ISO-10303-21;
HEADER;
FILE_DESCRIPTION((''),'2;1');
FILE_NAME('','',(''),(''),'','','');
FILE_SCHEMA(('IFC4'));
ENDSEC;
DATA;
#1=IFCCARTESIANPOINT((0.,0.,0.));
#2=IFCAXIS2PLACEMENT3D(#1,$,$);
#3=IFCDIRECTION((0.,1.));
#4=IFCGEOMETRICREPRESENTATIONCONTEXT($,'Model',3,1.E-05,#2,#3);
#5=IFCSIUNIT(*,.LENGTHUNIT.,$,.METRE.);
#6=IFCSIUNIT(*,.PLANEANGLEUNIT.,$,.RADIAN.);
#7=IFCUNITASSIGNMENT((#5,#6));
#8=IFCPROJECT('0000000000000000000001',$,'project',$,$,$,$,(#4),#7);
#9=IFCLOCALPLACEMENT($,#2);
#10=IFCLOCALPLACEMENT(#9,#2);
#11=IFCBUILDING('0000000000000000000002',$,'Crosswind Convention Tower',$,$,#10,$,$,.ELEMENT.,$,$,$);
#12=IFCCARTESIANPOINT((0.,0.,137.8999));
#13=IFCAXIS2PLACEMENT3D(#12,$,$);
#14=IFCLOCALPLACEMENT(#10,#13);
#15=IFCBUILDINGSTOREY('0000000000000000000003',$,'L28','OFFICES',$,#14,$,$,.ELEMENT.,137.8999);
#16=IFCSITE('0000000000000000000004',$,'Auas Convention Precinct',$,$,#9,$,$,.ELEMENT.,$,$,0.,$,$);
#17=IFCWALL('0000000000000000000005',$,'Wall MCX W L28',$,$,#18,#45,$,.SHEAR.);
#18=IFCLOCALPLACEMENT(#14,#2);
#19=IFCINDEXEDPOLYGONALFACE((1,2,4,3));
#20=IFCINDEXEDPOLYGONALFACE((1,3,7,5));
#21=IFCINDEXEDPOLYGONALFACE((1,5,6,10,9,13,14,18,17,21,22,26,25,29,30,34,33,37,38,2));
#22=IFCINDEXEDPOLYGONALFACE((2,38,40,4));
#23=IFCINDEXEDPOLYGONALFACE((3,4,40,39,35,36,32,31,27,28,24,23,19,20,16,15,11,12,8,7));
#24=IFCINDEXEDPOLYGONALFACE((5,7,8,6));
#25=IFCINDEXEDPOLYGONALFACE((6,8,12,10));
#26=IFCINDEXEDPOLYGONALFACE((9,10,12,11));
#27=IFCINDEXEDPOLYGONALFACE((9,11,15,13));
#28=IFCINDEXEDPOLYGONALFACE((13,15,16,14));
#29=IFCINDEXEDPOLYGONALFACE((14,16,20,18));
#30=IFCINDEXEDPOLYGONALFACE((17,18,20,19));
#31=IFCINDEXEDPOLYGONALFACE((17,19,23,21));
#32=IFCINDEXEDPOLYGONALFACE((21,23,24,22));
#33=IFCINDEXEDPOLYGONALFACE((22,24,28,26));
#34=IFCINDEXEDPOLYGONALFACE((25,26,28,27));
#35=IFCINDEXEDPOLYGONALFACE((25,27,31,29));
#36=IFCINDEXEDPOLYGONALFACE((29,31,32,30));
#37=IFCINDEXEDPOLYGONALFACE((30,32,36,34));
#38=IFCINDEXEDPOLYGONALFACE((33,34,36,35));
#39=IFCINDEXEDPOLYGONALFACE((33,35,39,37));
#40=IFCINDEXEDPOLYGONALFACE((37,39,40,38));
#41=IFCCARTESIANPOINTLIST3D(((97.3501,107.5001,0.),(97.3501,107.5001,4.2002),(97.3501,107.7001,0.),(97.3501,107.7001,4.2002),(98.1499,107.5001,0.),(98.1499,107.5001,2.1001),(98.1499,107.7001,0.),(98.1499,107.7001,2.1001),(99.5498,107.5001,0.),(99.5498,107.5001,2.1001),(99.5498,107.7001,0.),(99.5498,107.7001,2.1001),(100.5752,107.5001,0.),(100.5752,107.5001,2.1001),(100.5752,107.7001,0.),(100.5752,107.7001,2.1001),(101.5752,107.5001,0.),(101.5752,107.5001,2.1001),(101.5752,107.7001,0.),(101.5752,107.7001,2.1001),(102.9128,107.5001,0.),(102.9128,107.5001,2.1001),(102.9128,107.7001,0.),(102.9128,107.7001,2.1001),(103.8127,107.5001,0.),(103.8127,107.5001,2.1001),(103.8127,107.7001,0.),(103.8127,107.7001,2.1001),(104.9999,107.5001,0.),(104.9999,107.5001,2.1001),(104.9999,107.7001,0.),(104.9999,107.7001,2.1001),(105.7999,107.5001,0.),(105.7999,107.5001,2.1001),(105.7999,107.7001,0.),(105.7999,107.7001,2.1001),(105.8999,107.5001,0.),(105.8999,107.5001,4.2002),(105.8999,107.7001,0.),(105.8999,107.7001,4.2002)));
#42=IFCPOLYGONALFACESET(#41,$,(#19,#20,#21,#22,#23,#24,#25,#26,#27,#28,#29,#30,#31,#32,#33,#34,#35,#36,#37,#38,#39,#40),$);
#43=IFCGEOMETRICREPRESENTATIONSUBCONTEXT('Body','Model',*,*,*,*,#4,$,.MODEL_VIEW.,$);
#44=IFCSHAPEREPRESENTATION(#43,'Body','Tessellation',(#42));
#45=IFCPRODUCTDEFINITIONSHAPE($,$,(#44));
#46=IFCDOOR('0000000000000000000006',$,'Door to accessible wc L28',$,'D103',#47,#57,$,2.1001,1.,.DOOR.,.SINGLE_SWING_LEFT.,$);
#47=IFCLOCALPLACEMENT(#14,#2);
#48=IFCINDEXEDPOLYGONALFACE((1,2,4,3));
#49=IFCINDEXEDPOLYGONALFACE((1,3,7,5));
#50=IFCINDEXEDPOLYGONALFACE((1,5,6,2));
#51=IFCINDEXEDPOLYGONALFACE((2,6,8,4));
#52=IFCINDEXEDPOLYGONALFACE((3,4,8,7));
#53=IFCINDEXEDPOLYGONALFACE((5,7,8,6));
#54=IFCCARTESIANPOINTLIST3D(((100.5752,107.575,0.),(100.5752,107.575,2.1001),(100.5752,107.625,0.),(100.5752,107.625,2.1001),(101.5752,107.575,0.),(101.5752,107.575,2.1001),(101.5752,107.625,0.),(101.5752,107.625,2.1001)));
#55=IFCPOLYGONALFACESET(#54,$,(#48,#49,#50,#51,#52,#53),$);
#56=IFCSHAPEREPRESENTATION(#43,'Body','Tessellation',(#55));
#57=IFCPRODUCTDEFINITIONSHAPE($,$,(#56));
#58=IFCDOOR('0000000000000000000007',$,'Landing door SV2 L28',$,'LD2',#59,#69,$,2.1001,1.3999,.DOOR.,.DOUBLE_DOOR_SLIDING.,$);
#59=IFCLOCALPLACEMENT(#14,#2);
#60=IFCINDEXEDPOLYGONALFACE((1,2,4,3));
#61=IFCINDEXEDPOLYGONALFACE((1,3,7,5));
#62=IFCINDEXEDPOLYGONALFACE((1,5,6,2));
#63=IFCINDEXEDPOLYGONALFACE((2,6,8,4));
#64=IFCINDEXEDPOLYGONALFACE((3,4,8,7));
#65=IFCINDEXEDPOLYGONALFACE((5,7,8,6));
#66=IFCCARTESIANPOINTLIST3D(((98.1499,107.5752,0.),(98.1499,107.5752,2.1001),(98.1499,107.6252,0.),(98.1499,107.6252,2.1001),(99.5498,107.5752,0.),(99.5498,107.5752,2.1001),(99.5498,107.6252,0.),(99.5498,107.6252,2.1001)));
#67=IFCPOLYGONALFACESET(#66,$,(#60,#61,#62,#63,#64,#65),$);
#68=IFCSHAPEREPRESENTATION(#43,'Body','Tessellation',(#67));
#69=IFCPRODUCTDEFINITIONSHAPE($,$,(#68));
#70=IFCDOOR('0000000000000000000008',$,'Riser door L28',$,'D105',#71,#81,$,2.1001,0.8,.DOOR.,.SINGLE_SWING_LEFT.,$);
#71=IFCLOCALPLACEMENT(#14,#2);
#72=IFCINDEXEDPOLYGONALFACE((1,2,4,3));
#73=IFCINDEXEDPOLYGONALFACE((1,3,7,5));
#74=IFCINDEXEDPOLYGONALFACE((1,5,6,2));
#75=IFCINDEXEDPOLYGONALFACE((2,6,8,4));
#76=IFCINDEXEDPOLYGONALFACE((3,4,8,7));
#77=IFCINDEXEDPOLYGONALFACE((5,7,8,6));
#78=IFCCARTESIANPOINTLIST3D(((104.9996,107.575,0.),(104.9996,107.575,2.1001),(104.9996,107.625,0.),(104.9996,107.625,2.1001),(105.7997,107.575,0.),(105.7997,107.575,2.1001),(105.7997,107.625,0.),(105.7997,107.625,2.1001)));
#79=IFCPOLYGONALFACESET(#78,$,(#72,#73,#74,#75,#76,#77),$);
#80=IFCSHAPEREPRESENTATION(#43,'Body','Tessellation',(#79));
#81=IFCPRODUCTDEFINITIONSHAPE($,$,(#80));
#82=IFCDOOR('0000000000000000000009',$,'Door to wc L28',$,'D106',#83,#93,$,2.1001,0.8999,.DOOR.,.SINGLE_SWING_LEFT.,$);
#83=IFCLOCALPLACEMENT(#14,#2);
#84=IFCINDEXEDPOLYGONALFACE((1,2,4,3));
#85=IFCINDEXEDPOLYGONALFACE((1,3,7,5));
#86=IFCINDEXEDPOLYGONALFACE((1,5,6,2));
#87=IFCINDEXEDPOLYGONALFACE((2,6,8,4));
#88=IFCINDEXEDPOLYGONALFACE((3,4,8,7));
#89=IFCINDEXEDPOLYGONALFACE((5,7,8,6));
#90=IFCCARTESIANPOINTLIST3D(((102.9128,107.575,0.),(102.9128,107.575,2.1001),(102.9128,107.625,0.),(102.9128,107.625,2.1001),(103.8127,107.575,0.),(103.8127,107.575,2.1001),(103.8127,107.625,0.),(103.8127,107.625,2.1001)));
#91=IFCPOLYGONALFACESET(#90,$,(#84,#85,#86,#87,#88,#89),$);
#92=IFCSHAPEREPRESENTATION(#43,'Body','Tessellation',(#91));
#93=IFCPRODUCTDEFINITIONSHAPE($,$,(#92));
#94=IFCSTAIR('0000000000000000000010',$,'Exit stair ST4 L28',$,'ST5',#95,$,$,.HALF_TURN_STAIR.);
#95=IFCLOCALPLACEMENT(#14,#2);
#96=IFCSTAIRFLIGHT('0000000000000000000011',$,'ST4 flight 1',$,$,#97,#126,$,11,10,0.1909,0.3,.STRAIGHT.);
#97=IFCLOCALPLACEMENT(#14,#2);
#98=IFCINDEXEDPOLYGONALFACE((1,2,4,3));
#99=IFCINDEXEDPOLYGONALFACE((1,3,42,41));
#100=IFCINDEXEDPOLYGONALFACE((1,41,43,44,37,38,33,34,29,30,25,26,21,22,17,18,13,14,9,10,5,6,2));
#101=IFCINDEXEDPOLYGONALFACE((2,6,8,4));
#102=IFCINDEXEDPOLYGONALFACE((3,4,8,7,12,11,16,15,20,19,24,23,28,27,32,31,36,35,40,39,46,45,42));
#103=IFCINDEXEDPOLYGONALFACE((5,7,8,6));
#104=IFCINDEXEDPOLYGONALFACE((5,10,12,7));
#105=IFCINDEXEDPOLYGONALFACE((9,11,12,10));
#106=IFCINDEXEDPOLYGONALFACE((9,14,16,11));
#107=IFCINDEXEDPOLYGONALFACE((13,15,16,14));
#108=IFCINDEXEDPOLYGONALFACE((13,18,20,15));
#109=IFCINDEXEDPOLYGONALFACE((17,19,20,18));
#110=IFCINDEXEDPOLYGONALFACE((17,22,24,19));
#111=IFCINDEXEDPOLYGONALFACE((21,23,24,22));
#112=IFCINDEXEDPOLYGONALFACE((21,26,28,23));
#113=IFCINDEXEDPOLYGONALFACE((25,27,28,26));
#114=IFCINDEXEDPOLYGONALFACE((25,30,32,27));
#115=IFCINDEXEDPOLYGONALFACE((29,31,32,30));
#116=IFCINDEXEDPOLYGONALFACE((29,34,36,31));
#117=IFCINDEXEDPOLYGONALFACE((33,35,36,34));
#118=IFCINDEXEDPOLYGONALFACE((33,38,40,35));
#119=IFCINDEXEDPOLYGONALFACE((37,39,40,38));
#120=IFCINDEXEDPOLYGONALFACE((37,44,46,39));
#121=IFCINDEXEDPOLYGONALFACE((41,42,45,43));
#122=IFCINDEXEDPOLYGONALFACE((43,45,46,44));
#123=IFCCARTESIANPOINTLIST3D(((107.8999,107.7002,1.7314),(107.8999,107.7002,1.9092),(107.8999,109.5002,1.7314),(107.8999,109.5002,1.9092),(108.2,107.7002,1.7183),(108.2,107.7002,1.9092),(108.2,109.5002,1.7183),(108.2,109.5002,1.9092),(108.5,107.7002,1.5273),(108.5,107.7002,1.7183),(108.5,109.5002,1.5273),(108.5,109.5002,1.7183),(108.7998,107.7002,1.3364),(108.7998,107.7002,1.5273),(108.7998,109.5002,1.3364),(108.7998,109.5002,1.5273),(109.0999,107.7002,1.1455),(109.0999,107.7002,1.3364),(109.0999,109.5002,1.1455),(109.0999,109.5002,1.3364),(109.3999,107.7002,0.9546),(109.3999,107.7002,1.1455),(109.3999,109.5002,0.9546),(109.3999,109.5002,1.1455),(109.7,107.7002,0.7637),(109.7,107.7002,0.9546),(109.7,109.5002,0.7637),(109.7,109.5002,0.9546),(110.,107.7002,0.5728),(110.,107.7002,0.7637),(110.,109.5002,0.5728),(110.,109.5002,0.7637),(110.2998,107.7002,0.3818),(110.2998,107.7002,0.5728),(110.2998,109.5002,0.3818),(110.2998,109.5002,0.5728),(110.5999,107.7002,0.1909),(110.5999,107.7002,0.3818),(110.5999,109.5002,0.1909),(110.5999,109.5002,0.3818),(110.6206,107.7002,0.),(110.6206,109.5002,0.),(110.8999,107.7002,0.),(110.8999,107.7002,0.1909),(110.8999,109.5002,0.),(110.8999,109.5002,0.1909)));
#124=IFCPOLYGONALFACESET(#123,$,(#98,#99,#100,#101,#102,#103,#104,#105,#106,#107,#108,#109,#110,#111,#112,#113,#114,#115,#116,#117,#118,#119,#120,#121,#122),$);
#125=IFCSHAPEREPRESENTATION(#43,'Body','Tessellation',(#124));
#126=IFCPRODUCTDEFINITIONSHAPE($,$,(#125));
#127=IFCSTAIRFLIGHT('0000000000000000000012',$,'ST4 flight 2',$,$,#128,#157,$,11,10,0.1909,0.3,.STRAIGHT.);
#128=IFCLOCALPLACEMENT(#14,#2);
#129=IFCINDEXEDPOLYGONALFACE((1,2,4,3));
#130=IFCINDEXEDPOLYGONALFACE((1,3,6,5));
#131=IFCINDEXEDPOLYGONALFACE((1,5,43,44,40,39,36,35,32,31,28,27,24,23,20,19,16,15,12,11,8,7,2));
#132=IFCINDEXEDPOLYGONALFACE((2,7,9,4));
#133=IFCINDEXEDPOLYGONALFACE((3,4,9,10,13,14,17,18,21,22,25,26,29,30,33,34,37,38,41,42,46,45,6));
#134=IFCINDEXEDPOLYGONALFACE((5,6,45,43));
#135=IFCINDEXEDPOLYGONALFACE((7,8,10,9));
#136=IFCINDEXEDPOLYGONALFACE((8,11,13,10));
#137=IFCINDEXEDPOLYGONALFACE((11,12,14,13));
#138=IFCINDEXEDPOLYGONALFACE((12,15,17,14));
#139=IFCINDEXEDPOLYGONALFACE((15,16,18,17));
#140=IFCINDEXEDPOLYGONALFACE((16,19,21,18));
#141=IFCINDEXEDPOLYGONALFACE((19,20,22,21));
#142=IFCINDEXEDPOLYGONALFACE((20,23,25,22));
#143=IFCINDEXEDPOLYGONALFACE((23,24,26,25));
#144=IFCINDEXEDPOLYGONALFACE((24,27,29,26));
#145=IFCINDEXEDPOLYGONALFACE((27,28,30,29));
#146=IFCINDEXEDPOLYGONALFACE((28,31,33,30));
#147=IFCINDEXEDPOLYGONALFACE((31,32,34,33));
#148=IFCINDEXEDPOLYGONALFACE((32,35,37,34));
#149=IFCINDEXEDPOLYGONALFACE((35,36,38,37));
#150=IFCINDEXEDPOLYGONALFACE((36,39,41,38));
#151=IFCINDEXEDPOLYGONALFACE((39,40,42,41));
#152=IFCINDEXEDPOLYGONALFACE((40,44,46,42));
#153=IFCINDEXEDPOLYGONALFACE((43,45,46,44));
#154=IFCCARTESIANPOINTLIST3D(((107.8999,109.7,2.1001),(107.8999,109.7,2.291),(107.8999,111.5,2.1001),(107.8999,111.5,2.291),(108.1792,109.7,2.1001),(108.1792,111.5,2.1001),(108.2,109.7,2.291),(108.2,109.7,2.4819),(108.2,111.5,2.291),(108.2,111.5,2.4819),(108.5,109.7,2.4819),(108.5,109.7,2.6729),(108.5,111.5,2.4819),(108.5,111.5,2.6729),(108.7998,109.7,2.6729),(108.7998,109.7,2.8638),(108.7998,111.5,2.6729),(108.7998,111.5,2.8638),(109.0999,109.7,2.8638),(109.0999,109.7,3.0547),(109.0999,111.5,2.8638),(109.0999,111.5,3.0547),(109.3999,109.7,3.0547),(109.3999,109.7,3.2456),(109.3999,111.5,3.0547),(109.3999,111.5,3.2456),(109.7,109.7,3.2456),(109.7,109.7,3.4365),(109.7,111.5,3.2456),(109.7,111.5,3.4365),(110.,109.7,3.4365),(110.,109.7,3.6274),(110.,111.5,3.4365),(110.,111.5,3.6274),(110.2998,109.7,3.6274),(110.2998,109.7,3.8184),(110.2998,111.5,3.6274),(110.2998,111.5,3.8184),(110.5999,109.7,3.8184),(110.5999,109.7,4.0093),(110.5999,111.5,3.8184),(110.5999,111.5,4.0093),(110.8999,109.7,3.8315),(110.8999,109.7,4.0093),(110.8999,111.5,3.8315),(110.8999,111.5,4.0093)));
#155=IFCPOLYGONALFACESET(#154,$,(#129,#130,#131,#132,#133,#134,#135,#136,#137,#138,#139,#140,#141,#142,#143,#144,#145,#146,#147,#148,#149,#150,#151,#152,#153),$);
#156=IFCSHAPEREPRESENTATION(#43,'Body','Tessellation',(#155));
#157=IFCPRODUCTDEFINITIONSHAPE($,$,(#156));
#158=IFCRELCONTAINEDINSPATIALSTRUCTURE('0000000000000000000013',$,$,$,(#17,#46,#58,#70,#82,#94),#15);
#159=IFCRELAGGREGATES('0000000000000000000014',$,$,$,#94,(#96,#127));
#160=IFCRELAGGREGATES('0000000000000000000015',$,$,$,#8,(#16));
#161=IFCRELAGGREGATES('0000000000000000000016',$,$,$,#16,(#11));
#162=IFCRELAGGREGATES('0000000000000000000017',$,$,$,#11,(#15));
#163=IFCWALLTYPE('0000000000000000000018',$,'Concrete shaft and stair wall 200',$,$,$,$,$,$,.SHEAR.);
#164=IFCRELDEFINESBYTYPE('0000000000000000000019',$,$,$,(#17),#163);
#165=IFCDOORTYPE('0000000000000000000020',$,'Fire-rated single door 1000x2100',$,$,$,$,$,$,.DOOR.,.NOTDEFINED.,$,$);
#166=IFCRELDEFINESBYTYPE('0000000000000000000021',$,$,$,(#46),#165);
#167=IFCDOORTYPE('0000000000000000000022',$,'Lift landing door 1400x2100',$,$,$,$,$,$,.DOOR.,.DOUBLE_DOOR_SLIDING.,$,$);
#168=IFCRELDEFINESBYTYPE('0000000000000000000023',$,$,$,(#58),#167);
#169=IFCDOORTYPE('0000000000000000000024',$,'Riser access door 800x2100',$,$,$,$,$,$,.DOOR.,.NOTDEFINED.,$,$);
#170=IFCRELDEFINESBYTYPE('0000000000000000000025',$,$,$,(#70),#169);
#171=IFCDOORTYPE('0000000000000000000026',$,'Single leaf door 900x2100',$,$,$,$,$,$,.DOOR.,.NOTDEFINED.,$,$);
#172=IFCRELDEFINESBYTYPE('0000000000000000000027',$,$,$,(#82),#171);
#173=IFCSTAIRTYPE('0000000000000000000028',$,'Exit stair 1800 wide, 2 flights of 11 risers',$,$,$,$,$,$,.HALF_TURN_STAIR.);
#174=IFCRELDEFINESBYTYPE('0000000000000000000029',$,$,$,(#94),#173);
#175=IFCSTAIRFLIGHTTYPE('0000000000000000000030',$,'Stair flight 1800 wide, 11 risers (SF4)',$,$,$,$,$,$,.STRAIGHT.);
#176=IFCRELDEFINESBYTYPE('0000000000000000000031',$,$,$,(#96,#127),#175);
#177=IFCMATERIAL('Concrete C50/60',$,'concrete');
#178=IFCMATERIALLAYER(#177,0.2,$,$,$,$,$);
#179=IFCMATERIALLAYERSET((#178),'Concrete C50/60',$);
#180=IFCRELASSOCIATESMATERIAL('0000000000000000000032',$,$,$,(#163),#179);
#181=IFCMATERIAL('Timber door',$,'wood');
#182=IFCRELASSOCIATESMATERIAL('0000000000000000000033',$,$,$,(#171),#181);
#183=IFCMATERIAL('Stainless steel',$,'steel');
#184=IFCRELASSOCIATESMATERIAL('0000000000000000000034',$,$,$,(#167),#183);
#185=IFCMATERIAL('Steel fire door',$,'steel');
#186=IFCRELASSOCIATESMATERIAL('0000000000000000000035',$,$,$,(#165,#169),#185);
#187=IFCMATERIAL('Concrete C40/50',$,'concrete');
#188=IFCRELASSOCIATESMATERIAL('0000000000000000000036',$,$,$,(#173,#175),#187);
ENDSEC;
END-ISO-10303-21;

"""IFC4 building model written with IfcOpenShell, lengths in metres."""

from ifc_helpers import new_model, si_unit, direction, frame, frame_2d, origin, place, context, subcontext, project, spatial, polyline, rectangle, outline, extrude, material, layer, layer_set, type_object, element, fill, aggregate, save


model = new_model("IFC4")

# Units and contexts
model_context = context("Model", 3, precision=1e-05, world=origin(), true_north=direction((0.0, 1.0)))
body_context = subcontext(model_context, "Body", "Model", "MODEL_VIEW")
ifc_project = project(units=[si_unit("LENGTHUNIT", "METRE"), si_unit("PLANEANGLEUNIT", "RADIAN")], contexts=[model_context])

# Site, building, storey
site_placement = place(None, origin())
site = spatial("IfcSite", under=ifc_project, at=site_placement, Name="Auas Convention Precinct", CompositionType="ELEMENT", RefElevation=0.0)
building_placement = place(site_placement, origin())
building = spatial("IfcBuilding", under=site, at=building_placement, Name="Crosswind Convention Tower", CompositionType="ELEMENT")
storey_placement = place(building_placement, frame((0.0, 0.0, 137.8999)))
storey = spatial("IfcBuildingStorey", under=building, at=storey_placement, Name="L28", Description="OFFICES", CompositionType="ELEMENT", Elevation=137.8999)

# Shared definitions
ifc_material_1 = material(Name="Concrete C50/60", Category="concrete")
ifc_layer = layer(ifc_material_1, 0.2)
ifc_layer_set = layer_set([ifc_layer], Name="Concrete C50/60")
wall_type = type_object("IfcWallType", Name="Concrete shaft and stair wall 200", PredefinedType="SHEAR", material=ifc_layer_set)

# Shared definitions
ifc_material_2 = material(Name="Timber door", Category="wood")
door_type_1 = type_object("IfcDoorType", Name="Single leaf door 900x2100", OperationType="NOTDEFINED", PredefinedType="DOOR", material=ifc_material_2)

# Shared definitions
ifc_material_3 = material(Name="Stainless steel", Category="steel")
door_type_2 = type_object("IfcDoorType", Name="Lift landing door 1400x2100", OperationType="DOUBLE_DOOR_SLIDING", PredefinedType="DOOR", material=ifc_material_3)

# Wall, openings, doors
wall_1_placement = place(storey_placement, frame((105.8999, 107.6001, 0.0), z_axis=(0.0, 0.0, 1.0), x_axis=(-1.0, 0.0, 0.0)))
wall_1 = element("IfcWall", 1, at=wall_1_placement, inside=storey, type_object=wall_type, Name="Wall MCX W L28", PredefinedType="SHEAR", context=body_context, shape_type="SweptSolid", body=[
    extrude(rectangle(XDim=8.5498, YDim=0.2, at=frame_2d((4.2749, 0.0))), origin(), (0.0, 0.0, 1.0), 4.2002),
])
opening_1_placement = place(wall_1_placement, frame((0.1001, 0.0, 0.0)))
opening_1 = element("IfcOpeningElement", 2, at=opening_1_placement, cuts=wall_1, PredefinedType="OPENING", context=body_context, shape_type="SweptSolid", body=[
    extrude(rectangle(XDim=0.8, YDim=2.1001, at=frame_2d((0.3999, 1.05))), frame((0.0, 0.1099, 0.0), z_axis=(0.0, -1.0, 0.0), x_axis=(1.0, 0.0, 0.0)), (0.0, 0.0, 1.0), 0.22),
])
opening_2_placement = place(wall_1_placement, frame((2.0872, 0.0, 0.0)))
opening_2 = element("IfcOpeningElement", 3, at=opening_2_placement, cuts=wall_1, PredefinedType="OPENING", context=body_context, shape_type="SweptSolid", body=[
    extrude(rectangle(XDim=0.8999, YDim=2.1001, at=frame_2d((0.45, 1.05))), frame((0.0, 0.1099, 0.0), z_axis=(0.0, -1.0, 0.0), x_axis=(1.0, 0.0, 0.0)), (0.0, 0.0, 1.0), 0.22),
])
opening_3_placement = place(wall_1_placement, frame((4.3247, 0.0, 0.0)))
opening_3 = element("IfcOpeningElement", 4, at=opening_3_placement, cuts=wall_1, PredefinedType="OPENING", context=body_context, shape_type="SweptSolid", body=[
    extrude(rectangle(XDim=1.0, YDim=2.1001, at=frame_2d((0.5, 1.05))), frame((0.0, 0.1099, 0.0), z_axis=(0.0, -1.0, 0.0), x_axis=(1.0, 0.0, 0.0)), (0.0, 0.0, 1.0), 0.22),
])
opening_4_placement = place(wall_1_placement, frame((6.3501, 0.0, 0.0)))
opening_4 = element("IfcOpeningElement", 5, at=opening_4_placement, cuts=wall_1, PredefinedType="OPENING", context=body_context, shape_type="SweptSolid", body=[
    extrude(rectangle(XDim=1.3999, YDim=2.1001, at=frame_2d((0.7, 1.05))), frame((0.0, 0.1099, 0.0), z_axis=(0.0, -1.0, 0.0), x_axis=(1.0, 0.0, 0.0)), (0.0, 0.0, 1.0), 0.22),
])
ifc_material_4 = material(Name="Steel fire door", Category="steel")
door_type_3 = type_object("IfcDoorType", Name="Fire-rated single door 1000x2100", OperationType="NOTDEFINED", PredefinedType="DOOR", material=ifc_material_4)
door_1_placement = place(opening_3_placement, frame((1.0, 0.0, 0.0), z_axis=(0.0, 0.0, 1.0), x_axis=(-1.0, 0.0, 0.0)))
door_1 = element("IfcDoor", 6, at=door_1_placement, inside=storey, type_object=door_type_3, Name="Door to accessible wc L28", ObjectType="D103", OperationType="SINGLE_SWING_LEFT", OverallHeight=2.1001, OverallWidth=1.0, PredefinedType="DOOR", context=body_context, shape_type="SweptSolid", body=[
    extrude(rectangle(XDim=1.0, YDim=2.1001, at=frame_2d((0.5, 1.05))), frame((0.0, 0.0249, 0.0), z_axis=(0.0, -1.0, 0.0), x_axis=(1.0, 0.0, 0.0)), (0.0, 0.0, 1.0), 0.05),
])
fill(opening_3, door_1)
door_2_placement = place(opening_4_placement, origin())
door_2 = element("IfcDoor", 7, at=door_2_placement, inside=storey, type_object=door_type_2, Name="Landing door SV2 L28", ObjectType="LD2", OperationType="DOUBLE_DOOR_SLIDING", OverallHeight=2.1001, OverallWidth=1.3999, PredefinedType="DOOR", context=body_context, shape_type="SweptSolid", body=[
    extrude(rectangle(XDim=1.3999, YDim=2.1001, at=frame_2d((0.7, 1.05))), frame((0.0, 0.0249, 0.0), z_axis=(0.0, -1.0, 0.0), x_axis=(1.0, 0.0, 0.0)), (0.0, 0.0, 1.0), 0.05),
])
fill(opening_4, door_2)
door_type_4 = type_object("IfcDoorType", Name="Riser access door 800x2100", OperationType="NOTDEFINED", PredefinedType="DOOR", material=ifc_material_4)
door_3_placement = place(opening_1_placement, frame((0.8, 0.0, 0.0), z_axis=(0.0, 0.0, 1.0), x_axis=(-1.0, 0.0, 0.0)))
door_3 = element("IfcDoor", 8, at=door_3_placement, inside=storey, type_object=door_type_4, Name="Riser door L28", ObjectType="D105", OperationType="SINGLE_SWING_LEFT", OverallHeight=2.1001, OverallWidth=0.8, PredefinedType="DOOR", context=body_context, shape_type="SweptSolid", body=[
    extrude(rectangle(XDim=0.8, YDim=2.1001, at=frame_2d((0.3999, 1.05))), frame((0.0, 0.0249, 0.0), z_axis=(0.0, -1.0, 0.0), x_axis=(1.0, 0.0, 0.0)), (0.0, 0.0, 1.0), 0.05),
])
fill(opening_1, door_3)
door_4_placement = place(opening_2_placement, frame((0.8999, 0.0, 0.0), z_axis=(0.0, 0.0, 1.0), x_axis=(-1.0, 0.0, 0.0)))
door_4 = element("IfcDoor", 9, at=door_4_placement, inside=storey, type_object=door_type_1, Name="Door to wc L28", ObjectType="D106", OperationType="SINGLE_SWING_LEFT", OverallHeight=2.1001, OverallWidth=0.8999, PredefinedType="DOOR", context=body_context, shape_type="SweptSolid", body=[
    extrude(rectangle(XDim=0.8999, YDim=2.1001, at=frame_2d((0.45, 1.05))), frame((0.0, 0.0249, 0.0), z_axis=(0.0, -1.0, 0.0), x_axis=(1.0, 0.0, 0.0)), (0.0, 0.0, 1.0), 0.05),
])
fill(opening_2, door_4)

# Stair, stair flights
ifc_material_5 = material(Name="Concrete C40/50", Category="concrete")
stair_type = type_object("IfcStairType", Name="Exit stair 1800 wide, 2 flights of 11 risers", PredefinedType="HALF_TURN_STAIR", material=ifc_material_5)
stair_placement = place(storey_placement, origin())
stair = element("IfcStair", 10, at=stair_placement, inside=storey, type_object=stair_type, Name="Exit stair ST4 L28", ObjectType="ST5", PredefinedType="HALF_TURN_STAIR")
stair_flight_type = type_object("IfcStairFlightType", Name="Stair flight 1800 wide, 11 risers (SF4)", PredefinedType="STRAIGHT", material=ifc_material_5)
stair_flight_1_placement = place(storey_placement, frame((110.8999, 108.6001, 0.0), z_axis=(0.0, 0.0, 1.0), x_axis=(-1.0, 0.0, 0.0)))
stair_flight_1 = element("IfcStairFlight", 11, at=stair_flight_1_placement, type_object=stair_flight_type, Name="ST4 flight 1", NumberOfRisers=11, NumberOfTreads=10, PredefinedType="STRAIGHT", RiserHeight=0.1909, TreadLength=0.3, context=body_context, shape_type="SweptSolid", body=[
    extrude(outline(polyline([(0.0, 0.0), (0.0, 0.1909), (0.3, 0.1909), (0.3, 0.3818), (0.6001, 0.3818), (0.6001, 0.5728), (0.8999, 0.5728), (0.8999, 0.7637), (1.2, 0.7637), (1.2, 0.9546), (1.5, 0.9546), (1.5, 1.1455), (1.8, 1.1455), (1.8, 1.3364), (2.1001, 1.3364), (2.1001, 1.5273), (2.3999, 1.5273), (2.3999, 1.7183), (2.7, 1.7183), (2.7, 1.9092), (3.0, 1.9092), (3.0, 2.1001), (3.0, 1.7314), (0.2793, 0.0), (0.0, 0.0)])), frame((0.0, 0.8999, 0.0), z_axis=(0.0, -1.0, 0.0), x_axis=(1.0, 0.0, 0.0)), (0.0, 0.0, 1.0), 1.8),
])
stair_flight_2_placement = place(storey_placement, frame((107.8999, 110.6001, 2.1001), z_axis=(0.0, 0.0, 1.0), x_axis=(1.0, 0.0, 0.0)))
stair_flight_2 = element("IfcStairFlight", 12, at=stair_flight_2_placement, type_object=stair_flight_type, Name="ST4 flight 2", NumberOfRisers=11, NumberOfTreads=10, PredefinedType="STRAIGHT", RiserHeight=0.1909, TreadLength=0.3, context=body_context, shape_type="SweptSolid", body=[
    extrude(outline(polyline([(0.0, 0.0), (0.0, 0.1909), (0.3, 0.1909), (0.3, 0.3818), (0.6001, 0.3818), (0.6001, 0.5728), (0.8999, 0.5728), (0.8999, 0.7637), (1.2, 0.7637), (1.2, 0.9546), (1.5, 0.9546), (1.5, 1.1455), (1.8, 1.1455), (1.8, 1.3364), (2.1001, 1.3364), (2.1001, 1.5273), (2.3999, 1.5273), (2.3999, 1.7183), (2.7, 1.7183), (2.7, 1.9092), (3.0, 1.9092), (3.0, 2.1001), (3.0, 1.7314), (0.2793, 0.0), (0.0, 0.0)])), frame((0.0, 0.8999, 0.0), z_axis=(0.0, -1.0, 0.0), x_axis=(1.0, 0.0, 0.0)), (0.0, 0.0, 1.0), 1.8),
])
aggregate(stair, [stair_flight_1, stair_flight_2])

save(model, "model.ifc")
